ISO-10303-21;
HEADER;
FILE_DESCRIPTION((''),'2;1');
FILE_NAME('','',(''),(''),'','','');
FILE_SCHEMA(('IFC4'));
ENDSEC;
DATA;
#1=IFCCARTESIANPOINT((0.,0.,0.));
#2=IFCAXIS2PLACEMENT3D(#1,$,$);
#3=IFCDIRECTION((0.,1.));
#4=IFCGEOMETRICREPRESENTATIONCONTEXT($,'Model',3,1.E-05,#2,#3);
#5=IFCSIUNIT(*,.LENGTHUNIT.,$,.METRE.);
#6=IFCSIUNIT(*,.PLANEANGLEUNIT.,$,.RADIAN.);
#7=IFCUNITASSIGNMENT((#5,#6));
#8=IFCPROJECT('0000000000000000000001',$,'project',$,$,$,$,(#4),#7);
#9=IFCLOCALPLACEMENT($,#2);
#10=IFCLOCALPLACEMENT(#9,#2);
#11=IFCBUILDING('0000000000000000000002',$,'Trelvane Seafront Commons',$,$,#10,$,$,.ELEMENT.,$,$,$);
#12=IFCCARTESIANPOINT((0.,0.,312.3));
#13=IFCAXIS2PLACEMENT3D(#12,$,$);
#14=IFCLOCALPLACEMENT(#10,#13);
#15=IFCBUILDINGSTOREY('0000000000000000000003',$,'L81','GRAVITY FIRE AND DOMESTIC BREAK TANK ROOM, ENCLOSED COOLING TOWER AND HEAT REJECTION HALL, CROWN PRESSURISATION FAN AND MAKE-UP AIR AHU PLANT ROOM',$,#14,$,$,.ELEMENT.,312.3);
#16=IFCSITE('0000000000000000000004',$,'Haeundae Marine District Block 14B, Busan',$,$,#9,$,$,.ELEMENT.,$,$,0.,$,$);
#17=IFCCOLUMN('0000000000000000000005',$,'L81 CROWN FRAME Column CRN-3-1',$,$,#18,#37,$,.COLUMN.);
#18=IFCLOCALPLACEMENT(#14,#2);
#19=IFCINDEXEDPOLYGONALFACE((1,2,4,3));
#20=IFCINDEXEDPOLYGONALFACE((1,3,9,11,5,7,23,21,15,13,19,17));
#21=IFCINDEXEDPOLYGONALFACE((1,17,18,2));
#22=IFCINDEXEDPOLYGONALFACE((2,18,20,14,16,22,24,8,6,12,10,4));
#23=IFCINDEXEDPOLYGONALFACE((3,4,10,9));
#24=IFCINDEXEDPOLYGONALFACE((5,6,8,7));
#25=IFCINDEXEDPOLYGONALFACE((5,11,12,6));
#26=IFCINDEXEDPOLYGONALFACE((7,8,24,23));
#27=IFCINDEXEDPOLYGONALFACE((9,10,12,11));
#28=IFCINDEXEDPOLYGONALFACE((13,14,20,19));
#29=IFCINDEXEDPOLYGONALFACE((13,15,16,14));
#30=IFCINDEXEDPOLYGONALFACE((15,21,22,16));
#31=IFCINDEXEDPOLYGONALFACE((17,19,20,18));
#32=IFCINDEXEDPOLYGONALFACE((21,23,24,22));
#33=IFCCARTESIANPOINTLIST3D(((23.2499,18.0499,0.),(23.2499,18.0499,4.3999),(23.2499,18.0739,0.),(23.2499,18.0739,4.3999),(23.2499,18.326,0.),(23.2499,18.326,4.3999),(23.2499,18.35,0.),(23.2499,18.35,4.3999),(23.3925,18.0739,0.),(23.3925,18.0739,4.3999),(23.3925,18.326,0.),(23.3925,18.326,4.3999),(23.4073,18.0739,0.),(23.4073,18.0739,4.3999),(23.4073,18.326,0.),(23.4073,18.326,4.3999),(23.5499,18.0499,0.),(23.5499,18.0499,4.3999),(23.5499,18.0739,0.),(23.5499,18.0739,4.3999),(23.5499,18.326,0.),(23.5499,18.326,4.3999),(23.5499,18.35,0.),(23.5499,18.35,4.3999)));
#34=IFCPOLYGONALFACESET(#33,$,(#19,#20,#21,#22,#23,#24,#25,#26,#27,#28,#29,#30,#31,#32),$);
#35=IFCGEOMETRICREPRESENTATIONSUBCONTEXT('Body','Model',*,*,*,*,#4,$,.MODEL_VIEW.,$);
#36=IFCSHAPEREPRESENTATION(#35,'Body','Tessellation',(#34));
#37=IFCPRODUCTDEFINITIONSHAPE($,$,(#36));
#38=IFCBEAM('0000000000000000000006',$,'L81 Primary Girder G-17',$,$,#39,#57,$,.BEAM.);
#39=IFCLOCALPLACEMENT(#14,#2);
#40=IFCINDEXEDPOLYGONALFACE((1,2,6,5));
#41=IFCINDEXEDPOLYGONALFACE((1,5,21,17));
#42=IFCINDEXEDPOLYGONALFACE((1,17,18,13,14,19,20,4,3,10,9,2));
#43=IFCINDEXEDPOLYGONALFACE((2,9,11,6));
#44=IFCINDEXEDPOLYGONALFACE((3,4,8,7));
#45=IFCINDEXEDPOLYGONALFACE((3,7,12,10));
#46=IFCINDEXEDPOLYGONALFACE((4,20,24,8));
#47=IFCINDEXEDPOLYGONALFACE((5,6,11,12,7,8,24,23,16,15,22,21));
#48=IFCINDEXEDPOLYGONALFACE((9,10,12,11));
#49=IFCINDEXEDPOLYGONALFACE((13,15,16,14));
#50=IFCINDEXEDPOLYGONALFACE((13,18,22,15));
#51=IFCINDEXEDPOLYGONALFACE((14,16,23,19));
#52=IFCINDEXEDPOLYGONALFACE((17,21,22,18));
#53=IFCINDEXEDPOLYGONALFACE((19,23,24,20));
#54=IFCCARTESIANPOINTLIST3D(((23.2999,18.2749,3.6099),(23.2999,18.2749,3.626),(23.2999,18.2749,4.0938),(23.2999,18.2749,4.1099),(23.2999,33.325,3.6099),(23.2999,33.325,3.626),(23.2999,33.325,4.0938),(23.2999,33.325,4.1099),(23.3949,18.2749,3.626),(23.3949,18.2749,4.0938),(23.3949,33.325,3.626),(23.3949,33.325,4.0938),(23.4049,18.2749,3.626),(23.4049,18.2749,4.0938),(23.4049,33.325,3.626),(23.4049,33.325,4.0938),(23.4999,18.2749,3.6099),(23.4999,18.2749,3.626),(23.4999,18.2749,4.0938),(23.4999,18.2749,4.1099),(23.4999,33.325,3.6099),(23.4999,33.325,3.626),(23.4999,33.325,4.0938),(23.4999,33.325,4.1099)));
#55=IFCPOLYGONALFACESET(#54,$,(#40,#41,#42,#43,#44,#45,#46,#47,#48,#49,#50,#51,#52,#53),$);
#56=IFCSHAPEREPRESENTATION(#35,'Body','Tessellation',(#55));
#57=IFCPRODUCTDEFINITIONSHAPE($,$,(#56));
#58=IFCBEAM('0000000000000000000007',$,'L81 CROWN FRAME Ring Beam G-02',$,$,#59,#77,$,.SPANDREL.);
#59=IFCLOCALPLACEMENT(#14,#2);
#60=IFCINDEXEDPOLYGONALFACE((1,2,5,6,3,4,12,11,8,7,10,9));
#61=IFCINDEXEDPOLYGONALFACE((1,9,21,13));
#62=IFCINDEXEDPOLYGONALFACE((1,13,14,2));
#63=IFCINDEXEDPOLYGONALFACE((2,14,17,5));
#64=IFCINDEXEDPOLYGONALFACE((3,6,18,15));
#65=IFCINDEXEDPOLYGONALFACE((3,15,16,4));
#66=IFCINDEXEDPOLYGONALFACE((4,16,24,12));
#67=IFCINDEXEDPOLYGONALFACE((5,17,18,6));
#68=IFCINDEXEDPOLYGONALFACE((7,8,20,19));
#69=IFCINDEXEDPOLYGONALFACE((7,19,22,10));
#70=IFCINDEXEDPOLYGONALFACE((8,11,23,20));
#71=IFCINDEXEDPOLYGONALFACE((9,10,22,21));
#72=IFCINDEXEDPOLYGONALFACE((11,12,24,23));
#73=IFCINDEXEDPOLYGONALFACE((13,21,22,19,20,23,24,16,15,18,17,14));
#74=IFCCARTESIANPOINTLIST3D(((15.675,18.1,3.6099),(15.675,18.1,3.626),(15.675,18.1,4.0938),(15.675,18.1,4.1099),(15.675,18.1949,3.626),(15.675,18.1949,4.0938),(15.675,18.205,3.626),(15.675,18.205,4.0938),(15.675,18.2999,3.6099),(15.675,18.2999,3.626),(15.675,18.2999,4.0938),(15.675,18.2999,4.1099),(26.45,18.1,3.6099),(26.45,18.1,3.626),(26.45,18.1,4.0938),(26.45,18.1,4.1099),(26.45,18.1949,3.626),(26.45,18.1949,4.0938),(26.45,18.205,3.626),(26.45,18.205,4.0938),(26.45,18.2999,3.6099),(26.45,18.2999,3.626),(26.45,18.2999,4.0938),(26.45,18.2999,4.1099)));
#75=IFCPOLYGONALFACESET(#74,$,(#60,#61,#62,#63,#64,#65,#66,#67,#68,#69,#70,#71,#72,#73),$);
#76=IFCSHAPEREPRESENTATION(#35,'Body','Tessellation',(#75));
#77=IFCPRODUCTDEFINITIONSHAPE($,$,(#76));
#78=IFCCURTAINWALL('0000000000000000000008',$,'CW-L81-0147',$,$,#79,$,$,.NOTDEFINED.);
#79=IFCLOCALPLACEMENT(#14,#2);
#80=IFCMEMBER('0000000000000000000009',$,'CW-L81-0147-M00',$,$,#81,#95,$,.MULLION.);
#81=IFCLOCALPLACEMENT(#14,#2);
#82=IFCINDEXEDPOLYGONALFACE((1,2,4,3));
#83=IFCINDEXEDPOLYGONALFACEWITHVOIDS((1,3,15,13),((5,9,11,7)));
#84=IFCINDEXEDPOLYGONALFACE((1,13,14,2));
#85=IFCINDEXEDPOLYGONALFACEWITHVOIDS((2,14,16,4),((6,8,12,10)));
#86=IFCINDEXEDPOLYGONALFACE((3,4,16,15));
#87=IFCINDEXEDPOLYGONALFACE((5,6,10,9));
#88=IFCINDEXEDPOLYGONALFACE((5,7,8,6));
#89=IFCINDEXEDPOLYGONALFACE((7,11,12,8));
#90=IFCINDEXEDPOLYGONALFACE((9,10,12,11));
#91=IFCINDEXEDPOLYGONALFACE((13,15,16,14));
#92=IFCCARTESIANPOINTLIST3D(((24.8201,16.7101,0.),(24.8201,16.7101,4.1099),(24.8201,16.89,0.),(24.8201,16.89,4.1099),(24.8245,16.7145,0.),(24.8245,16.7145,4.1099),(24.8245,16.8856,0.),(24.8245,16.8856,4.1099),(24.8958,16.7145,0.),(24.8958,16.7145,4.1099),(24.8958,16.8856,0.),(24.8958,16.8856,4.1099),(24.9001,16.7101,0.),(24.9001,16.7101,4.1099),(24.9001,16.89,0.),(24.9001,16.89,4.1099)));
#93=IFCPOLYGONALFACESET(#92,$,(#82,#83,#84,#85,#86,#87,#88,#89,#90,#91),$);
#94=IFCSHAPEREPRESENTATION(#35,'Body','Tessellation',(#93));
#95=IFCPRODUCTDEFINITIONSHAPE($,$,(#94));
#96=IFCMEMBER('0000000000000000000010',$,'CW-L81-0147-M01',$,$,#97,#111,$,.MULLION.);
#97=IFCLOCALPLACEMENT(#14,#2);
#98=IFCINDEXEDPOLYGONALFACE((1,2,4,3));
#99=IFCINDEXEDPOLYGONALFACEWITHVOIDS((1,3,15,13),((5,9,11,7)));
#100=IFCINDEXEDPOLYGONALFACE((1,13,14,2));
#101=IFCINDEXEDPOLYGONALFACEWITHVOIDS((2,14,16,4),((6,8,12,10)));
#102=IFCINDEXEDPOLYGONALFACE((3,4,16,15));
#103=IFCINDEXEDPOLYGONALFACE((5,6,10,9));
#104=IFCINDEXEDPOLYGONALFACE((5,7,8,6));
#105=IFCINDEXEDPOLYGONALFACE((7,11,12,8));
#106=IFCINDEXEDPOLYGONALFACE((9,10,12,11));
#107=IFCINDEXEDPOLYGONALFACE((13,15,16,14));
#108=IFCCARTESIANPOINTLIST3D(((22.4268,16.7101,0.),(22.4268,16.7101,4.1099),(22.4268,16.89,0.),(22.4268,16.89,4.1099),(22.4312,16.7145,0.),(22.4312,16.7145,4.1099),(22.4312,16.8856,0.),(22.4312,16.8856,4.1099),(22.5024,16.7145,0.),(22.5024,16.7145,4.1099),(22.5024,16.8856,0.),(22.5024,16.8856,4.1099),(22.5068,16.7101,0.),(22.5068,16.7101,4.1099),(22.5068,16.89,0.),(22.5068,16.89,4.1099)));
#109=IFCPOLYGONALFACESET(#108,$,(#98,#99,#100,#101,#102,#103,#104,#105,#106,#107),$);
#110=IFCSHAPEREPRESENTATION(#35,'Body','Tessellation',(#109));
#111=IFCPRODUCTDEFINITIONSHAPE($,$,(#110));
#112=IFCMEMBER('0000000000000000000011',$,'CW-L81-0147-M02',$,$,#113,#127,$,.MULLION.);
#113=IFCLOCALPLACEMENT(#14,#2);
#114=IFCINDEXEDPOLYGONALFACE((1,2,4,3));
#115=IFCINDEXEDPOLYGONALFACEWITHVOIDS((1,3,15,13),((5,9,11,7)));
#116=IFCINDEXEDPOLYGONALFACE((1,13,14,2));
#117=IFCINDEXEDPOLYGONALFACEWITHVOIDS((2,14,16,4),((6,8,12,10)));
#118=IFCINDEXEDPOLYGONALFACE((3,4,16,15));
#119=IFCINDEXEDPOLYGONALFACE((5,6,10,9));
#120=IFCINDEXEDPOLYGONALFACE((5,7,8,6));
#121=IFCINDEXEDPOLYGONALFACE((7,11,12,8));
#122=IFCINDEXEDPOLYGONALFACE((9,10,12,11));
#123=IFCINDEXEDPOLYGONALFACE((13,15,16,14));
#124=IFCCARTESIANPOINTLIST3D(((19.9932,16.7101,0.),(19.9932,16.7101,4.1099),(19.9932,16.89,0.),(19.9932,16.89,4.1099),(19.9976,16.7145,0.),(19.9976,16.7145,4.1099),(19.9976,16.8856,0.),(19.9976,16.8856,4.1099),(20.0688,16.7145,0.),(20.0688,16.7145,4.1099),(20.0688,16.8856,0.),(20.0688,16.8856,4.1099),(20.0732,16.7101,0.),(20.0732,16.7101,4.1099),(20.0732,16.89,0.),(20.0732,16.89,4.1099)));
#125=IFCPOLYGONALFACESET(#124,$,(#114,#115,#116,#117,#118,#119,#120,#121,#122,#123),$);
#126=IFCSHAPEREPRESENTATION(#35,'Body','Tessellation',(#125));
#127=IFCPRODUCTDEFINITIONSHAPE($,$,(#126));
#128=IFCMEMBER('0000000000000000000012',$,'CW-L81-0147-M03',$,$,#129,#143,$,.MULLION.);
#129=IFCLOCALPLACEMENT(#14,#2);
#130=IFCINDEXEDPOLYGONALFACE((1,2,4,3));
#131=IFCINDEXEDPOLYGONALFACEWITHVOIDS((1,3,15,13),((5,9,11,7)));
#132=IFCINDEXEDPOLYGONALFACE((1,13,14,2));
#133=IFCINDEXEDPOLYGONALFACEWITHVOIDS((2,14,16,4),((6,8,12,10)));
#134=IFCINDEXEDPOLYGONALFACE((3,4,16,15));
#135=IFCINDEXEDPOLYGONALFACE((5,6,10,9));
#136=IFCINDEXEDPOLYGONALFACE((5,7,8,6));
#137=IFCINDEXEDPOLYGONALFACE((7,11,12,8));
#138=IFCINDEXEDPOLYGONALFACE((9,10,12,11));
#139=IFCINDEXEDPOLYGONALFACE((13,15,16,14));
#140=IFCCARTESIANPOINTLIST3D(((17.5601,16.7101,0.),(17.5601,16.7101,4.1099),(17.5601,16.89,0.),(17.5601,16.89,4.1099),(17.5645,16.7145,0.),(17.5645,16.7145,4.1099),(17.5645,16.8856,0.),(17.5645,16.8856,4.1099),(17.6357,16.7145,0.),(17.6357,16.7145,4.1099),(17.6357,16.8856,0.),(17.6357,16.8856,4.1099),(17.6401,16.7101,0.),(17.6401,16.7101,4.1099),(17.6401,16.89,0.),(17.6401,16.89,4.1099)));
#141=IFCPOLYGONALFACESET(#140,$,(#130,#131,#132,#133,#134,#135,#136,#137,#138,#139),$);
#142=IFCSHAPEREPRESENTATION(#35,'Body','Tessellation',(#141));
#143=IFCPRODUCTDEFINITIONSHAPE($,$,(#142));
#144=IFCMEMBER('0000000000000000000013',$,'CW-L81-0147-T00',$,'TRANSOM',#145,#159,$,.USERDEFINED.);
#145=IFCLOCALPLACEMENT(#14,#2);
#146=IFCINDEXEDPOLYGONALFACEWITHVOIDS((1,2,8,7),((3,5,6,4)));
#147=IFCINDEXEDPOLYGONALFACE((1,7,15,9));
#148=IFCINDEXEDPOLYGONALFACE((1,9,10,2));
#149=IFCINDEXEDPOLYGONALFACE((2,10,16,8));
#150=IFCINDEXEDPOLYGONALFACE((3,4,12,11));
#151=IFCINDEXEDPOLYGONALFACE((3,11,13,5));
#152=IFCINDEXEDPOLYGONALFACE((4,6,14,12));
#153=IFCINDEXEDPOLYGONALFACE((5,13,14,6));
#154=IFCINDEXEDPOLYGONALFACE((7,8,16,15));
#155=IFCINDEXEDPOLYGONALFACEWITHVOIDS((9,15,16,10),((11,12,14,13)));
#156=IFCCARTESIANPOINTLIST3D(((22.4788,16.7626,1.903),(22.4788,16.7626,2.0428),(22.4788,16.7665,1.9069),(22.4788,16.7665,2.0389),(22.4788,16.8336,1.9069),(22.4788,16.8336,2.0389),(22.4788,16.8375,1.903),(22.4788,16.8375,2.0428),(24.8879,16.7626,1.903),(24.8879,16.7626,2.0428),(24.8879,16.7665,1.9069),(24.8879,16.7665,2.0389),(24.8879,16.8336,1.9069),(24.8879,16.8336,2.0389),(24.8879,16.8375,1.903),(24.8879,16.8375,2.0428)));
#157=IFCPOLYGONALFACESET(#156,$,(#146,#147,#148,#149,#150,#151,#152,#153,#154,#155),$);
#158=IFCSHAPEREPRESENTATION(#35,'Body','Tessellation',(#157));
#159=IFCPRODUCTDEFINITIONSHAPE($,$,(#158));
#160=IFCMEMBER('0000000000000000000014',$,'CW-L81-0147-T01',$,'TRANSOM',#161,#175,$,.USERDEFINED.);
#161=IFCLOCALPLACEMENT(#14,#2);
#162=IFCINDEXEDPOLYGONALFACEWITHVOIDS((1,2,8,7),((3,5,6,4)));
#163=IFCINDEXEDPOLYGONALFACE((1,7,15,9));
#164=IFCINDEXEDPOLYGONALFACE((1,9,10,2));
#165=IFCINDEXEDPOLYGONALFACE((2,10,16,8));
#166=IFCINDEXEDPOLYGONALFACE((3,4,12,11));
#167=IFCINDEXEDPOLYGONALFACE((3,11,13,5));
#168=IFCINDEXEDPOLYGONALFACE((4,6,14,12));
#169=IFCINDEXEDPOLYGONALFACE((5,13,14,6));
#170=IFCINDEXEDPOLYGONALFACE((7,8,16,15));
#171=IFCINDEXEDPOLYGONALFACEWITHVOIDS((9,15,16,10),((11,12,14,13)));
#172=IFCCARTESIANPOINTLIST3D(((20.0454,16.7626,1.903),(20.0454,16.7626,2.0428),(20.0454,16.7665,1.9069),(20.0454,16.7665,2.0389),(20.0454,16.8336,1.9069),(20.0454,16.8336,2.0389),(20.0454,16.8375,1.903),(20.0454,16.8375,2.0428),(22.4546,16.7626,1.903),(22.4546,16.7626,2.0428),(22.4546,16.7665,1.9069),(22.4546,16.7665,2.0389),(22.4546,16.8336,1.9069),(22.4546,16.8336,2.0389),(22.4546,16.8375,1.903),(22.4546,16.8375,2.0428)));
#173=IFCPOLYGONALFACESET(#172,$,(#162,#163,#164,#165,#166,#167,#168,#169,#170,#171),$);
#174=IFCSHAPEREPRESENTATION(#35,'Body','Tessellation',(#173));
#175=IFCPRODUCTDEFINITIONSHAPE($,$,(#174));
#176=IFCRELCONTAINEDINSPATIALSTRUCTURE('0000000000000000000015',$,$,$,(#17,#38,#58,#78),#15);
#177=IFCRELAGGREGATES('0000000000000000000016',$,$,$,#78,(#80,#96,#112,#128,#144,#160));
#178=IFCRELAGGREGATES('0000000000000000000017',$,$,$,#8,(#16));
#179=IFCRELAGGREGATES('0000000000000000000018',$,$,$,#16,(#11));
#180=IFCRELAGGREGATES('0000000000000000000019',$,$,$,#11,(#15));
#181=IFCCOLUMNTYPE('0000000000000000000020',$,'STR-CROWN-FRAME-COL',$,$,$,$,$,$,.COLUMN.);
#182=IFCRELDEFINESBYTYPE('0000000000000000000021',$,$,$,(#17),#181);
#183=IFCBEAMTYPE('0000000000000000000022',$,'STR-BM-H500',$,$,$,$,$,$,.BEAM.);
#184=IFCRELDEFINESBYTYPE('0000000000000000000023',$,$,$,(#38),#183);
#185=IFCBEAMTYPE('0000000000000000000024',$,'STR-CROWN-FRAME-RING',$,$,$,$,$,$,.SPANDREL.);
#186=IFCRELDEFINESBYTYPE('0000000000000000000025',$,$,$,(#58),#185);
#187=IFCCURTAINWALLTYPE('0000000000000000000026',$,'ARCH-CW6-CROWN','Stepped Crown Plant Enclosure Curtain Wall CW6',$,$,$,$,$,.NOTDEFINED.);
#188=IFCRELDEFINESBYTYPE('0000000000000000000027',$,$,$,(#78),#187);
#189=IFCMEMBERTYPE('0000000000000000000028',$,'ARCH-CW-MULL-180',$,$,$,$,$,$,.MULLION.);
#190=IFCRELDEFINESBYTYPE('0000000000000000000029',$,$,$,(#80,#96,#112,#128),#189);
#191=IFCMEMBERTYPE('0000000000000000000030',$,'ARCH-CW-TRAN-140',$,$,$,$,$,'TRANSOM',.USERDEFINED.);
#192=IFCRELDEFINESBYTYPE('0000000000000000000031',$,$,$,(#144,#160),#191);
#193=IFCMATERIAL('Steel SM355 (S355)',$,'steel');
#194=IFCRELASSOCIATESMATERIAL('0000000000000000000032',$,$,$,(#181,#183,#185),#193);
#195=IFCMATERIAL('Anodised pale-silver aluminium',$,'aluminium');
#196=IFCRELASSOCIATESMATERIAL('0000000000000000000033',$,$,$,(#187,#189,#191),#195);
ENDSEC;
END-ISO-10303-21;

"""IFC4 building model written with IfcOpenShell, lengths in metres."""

from ifc_helpers import new_model, si_unit, direction, frame, origin, origin_2d, place, context, subcontext, project, spatial, hollow_rectangle, i_section, extrude, source, transform, mapped, material, material_profile, profile_set, type_object, element, aggregate, save


model = new_model("IFC4")

# Units and contexts
model_context = context("Model", 3, precision=1e-05, world=origin(), true_north=direction((0.0, 1.0)))
body_context = subcontext(model_context, "Body", "Model", "MODEL_VIEW")
ifc_project = project(units=[si_unit("LENGTHUNIT", "METRE"), si_unit("PLANEANGLEUNIT", "RADIAN")], contexts=[model_context])

# Site, building, storey
site_placement = place(None, origin())
site = spatial("IfcSite", under=ifc_project, at=site_placement, Name="Haeundae Marine District Block 14B, Busan", CompositionType="ELEMENT", RefElevation=0.0)
building_placement = place(site_placement, origin())
building = spatial("IfcBuilding", under=site, at=building_placement, Name="Trelvane Seafront Commons", CompositionType="ELEMENT")
storey_placement = place(building_placement, frame((0.0, 0.0, 312.3)))
storey = spatial("IfcBuildingStorey", under=building, at=storey_placement, Name="L81", Description="GRAVITY FIRE AND DOMESTIC BREAK TANK ROOM, ENCLOSED COOLING TOWER AND HEAT REJECTION HALL, CROWN PRESSURISATION FAN AND MAKE-UP AIR AHU PLANT ROOM", CompositionType="ELEMENT", Elevation=312.3)

# Column
ifc_material_1 = material(Name="Steel SM355 (S355)", Category="steel")
ifc_material_profile_1 = material_profile(ifc_material_1, i_section(OverallWidth=0.3, OverallDepth=0.3, WebThickness=0.0149, FlangeThickness=0.0239, at=origin_2d()), Name="HD-300x300x15x24")
ifc_profile_set_1 = profile_set([ifc_material_profile_1], Name="Steel SM355 (S355)")
column_type = type_object("IfcColumnType", Name="STR-CROWN-FRAME-COL", PredefinedType="COLUMN", material=ifc_profile_set_1)
shared_shape_1 = source(origin(), body_context, "Body", "SweptSolid", [
    extrude(i_section(OverallWidth=0.3, OverallDepth=0.3, WebThickness=0.0149, FlangeThickness=0.0239, at=origin_2d()), origin(), (0.0, 0.0, 1.0), 4.3999),
])
column_placement = place(storey_placement, frame((23.3999, 18.2, 0.0), z_axis=(0.0, 0.0, 1.0), x_axis=(1.0, 0.0, 0.0)))
element("IfcColumn", 1, at=column_placement, inside=storey, type_object=column_type, Name="L81 CROWN FRAME Column CRN-3-1", PredefinedType="COLUMN", context=body_context, shape_type="MappedRepresentation", body=[
    mapped(shared_shape_1, transform((0.0, 0.0, 0.0), x_axis=(1.0, 0.0, 0.0), y_axis=(0.0, 1.0, 0.0), z_axis=(0.0, 0.0, 1.0), scale=1.0)),
])

# Beams
ifc_material_profile_2 = material_profile(ifc_material_1, i_section(OverallWidth=0.2, OverallDepth=0.5, WebThickness=0.01, FlangeThickness=0.0161, at=origin_2d()), Name="H-500x200x10x16")
ifc_profile_set_2 = profile_set([ifc_material_profile_2], Name="Steel SM355 (S355)")
beam_type_1 = type_object("IfcBeamType", Name="STR-BM-H500", PredefinedType="BEAM", material=ifc_profile_set_2)
shared_shape_2 = source(origin(), body_context, "Body", "SweptSolid", [
    extrude(i_section(OverallWidth=0.2, OverallDepth=0.5, WebThickness=0.01, FlangeThickness=0.0161, at=origin_2d()), origin(), (0.0, 0.0, 1.0), 15.05),
])
beam_1_placement = place(storey_placement, frame((23.3999, 18.2749, 3.8599), z_axis=(0.0, 1.0, 0.0), x_axis=(-1.0, 0.0, 0.0)))
element("IfcBeam", 2, at=beam_1_placement, inside=storey, type_object=beam_type_1, Name="L81 Primary Girder G-17", PredefinedType="BEAM", context=body_context, shape_type="MappedRepresentation", body=[
    mapped(shared_shape_2, transform((0.0, 0.0, 0.0), x_axis=(1.0, 0.0, 0.0), y_axis=(0.0, 1.0, 0.0), z_axis=(0.0, 0.0, 1.0), scale=1.0)),
])
ifc_material_profile_3 = material_profile(ifc_material_1, i_section(OverallWidth=0.2, OverallDepth=0.5, WebThickness=0.01, FlangeThickness=0.0161, at=origin_2d()), Name="H-500x200x10x16")
ifc_profile_set_3 = profile_set([ifc_material_profile_3], Name="Steel SM355 (S355)")
beam_type_2 = type_object("IfcBeamType", Name="STR-CROWN-FRAME-RING", PredefinedType="SPANDREL", material=ifc_profile_set_3)
shared_shape_3 = source(origin(), body_context, "Body", "SweptSolid", [
    extrude(i_section(OverallWidth=0.2, OverallDepth=0.5, WebThickness=0.01, FlangeThickness=0.0161, at=origin_2d()), origin(), (0.0, 0.0, 1.0), 10.7749),
])
beam_2_placement = place(storey_placement, frame((15.675, 18.2, 3.8599), z_axis=(1.0, 0.0, 0.0), x_axis=(0.0, 1.0, 0.0)))
element("IfcBeam", 3, at=beam_2_placement, inside=storey, type_object=beam_type_2, Name="L81 CROWN FRAME Ring Beam G-02", PredefinedType="SPANDREL", context=body_context, shape_type="MappedRepresentation", body=[
    mapped(shared_shape_3, transform((0.0, 0.0, 0.0), x_axis=(1.0, 0.0, 0.0), y_axis=(0.0, 1.0, 0.0), z_axis=(0.0, 0.0, 1.0), scale=1.0)),
])

# Curtain wall, members
ifc_material_2 = material(Name="Anodised pale-silver aluminium", Category="aluminium")
curtain_wall_type = type_object("IfcCurtainWallType", Name="ARCH-CW6-CROWN", Description="Stepped Crown Plant Enclosure Curtain Wall CW6", PredefinedType="NOTDEFINED", material=ifc_material_2)
curtain_wall_placement = place(storey_placement, origin())
curtain_wall = element("IfcCurtainWall", 4, at=curtain_wall_placement, inside=storey, type_object=curtain_wall_type, Name="CW-L81-0147", PredefinedType="NOTDEFINED")
ifc_material_profile_4 = material_profile(ifc_material_2, hollow_rectangle(XDim=0.0801, YDim=0.1799, WallThickness=0.0044, at=origin_2d()), Name="MULL-80x180x4.5")
ifc_profile_set_4 = profile_set([ifc_material_profile_4], Name="Anodised pale-silver aluminium")
member_type_1 = type_object("IfcMemberType", Name="ARCH-CW-MULL-180", PredefinedType="MULLION", material=ifc_profile_set_4)
shared_shape_4 = source(origin(), body_context, "Body", "SweptSolid", [
    extrude(hollow_rectangle(XDim=0.0801, YDim=0.1799, WallThickness=0.0044, at=origin_2d()), origin(), (0.0, 0.0, 1.0), 4.1099),
])
member_1_placement = place(storey_placement, frame((24.8601, 16.8, 0.0), z_axis=(0.0, 0.0, 1.0), x_axis=(1.0, 0.0, 0.0)))
member_1 = element("IfcMember", 5, at=member_1_placement, type_object=member_type_1, Name="CW-L81-0147-M00", PredefinedType="MULLION", context=body_context, shape_type="MappedRepresentation", body=[
    mapped(shared_shape_4, transform((0.0, 0.0, 0.0), x_axis=(1.0, 0.0, 0.0), y_axis=(0.0, 1.0, 0.0), z_axis=(0.0, 0.0, 1.0), scale=1.0)),
])
member_2_placement = place(storey_placement, frame((22.4668, 16.8, 0.0), z_axis=(0.0, 0.0, 1.0), x_axis=(1.0, 0.0, 0.0)))
member_2 = element("IfcMember", 6, at=member_2_placement, type_object=member_type_1, Name="CW-L81-0147-M01", PredefinedType="MULLION", context=body_context, shape_type="MappedRepresentation", body=[
    mapped(shared_shape_4, transform((0.0, 0.0, 0.0), x_axis=(1.0, 0.0, 0.0), y_axis=(0.0, 1.0, 0.0), z_axis=(0.0, 0.0, 1.0), scale=1.0)),
])
member_3_placement = place(storey_placement, frame((20.0332, 16.8, 0.0), z_axis=(0.0, 0.0, 1.0), x_axis=(1.0, 0.0, 0.0)))
member_3 = element("IfcMember", 7, at=member_3_placement, type_object=member_type_1, Name="CW-L81-0147-M02", PredefinedType="MULLION", context=body_context, shape_type="MappedRepresentation", body=[
    mapped(shared_shape_4, transform((0.0, 0.0, 0.0), x_axis=(1.0, 0.0, 0.0), y_axis=(0.0, 1.0, 0.0), z_axis=(0.0, 0.0, 1.0), scale=1.0)),
])
member_4_placement = place(storey_placement, frame((17.6001, 16.8, 0.0), z_axis=(0.0, 0.0, 1.0), x_axis=(1.0, 0.0, 0.0)))
member_4 = element("IfcMember", 8, at=member_4_placement, type_object=member_type_1, Name="CW-L81-0147-M03", PredefinedType="MULLION", context=body_context, shape_type="MappedRepresentation", body=[
    mapped(shared_shape_4, transform((0.0, 0.0, 0.0), x_axis=(1.0, 0.0, 0.0), y_axis=(0.0, 1.0, 0.0), z_axis=(0.0, 0.0, 1.0), scale=1.0)),
])
ifc_material_profile_5 = material_profile(ifc_material_2, hollow_rectangle(XDim=0.075, YDim=0.1399, WallThickness=0.0039, at=origin_2d()), Name="TRAN-75x140x4")
ifc_profile_set_5 = profile_set([ifc_material_profile_5], Name="Anodised pale-silver aluminium")
member_type_2 = type_object("IfcMemberType", Name="ARCH-CW-TRAN-140", ElementType="TRANSOM", PredefinedType="USERDEFINED", material=ifc_profile_set_5)
shared_shape_5 = source(origin(), body_context, "Body", "SweptSolid", [
    extrude(hollow_rectangle(XDim=0.075, YDim=0.1399, WallThickness=0.0039, at=origin_2d()), origin(), (0.0, 0.0, 1.0), 2.4092),
])
member_5_placement = place(storey_placement, frame((24.8879, 16.8, 1.9729), z_axis=(-1.0, 0.0, 0.0), x_axis=(0.0, -1.0, 0.0)))
member_5 = element("IfcMember", 9, at=member_5_placement, type_object=member_type_2, Name="CW-L81-0147-T00", ObjectType="TRANSOM", PredefinedType="USERDEFINED", context=body_context, shape_type="MappedRepresentation", body=[
    mapped(shared_shape_5, transform((0.0, 0.0, 0.0), x_axis=(1.0, 0.0, 0.0), y_axis=(0.0, 1.0, 0.0), z_axis=(0.0, 0.0, 1.0), scale=1.0)),
])
member_6_placement = place(storey_placement, frame((22.4546, 16.8, 1.9729), z_axis=(-1.0, 0.0, 0.0), x_axis=(0.0, -1.0, 0.0)))
member_6 = element("IfcMember", 10, at=member_6_placement, type_object=member_type_2, Name="CW-L81-0147-T01", ObjectType="TRANSOM", PredefinedType="USERDEFINED", context=body_context, shape_type="MappedRepresentation", body=[
    mapped(shared_shape_5, transform((0.0, 0.0, 0.0), x_axis=(1.0, 0.0, 0.0), y_axis=(0.0, 1.0, 0.0), z_axis=(0.0, 0.0, 1.0), scale=1.0)),
])
aggregate(curtain_wall, [member_1, member_2, member_3, member_4, member_5, member_6])

save(model, "model.ifc")
